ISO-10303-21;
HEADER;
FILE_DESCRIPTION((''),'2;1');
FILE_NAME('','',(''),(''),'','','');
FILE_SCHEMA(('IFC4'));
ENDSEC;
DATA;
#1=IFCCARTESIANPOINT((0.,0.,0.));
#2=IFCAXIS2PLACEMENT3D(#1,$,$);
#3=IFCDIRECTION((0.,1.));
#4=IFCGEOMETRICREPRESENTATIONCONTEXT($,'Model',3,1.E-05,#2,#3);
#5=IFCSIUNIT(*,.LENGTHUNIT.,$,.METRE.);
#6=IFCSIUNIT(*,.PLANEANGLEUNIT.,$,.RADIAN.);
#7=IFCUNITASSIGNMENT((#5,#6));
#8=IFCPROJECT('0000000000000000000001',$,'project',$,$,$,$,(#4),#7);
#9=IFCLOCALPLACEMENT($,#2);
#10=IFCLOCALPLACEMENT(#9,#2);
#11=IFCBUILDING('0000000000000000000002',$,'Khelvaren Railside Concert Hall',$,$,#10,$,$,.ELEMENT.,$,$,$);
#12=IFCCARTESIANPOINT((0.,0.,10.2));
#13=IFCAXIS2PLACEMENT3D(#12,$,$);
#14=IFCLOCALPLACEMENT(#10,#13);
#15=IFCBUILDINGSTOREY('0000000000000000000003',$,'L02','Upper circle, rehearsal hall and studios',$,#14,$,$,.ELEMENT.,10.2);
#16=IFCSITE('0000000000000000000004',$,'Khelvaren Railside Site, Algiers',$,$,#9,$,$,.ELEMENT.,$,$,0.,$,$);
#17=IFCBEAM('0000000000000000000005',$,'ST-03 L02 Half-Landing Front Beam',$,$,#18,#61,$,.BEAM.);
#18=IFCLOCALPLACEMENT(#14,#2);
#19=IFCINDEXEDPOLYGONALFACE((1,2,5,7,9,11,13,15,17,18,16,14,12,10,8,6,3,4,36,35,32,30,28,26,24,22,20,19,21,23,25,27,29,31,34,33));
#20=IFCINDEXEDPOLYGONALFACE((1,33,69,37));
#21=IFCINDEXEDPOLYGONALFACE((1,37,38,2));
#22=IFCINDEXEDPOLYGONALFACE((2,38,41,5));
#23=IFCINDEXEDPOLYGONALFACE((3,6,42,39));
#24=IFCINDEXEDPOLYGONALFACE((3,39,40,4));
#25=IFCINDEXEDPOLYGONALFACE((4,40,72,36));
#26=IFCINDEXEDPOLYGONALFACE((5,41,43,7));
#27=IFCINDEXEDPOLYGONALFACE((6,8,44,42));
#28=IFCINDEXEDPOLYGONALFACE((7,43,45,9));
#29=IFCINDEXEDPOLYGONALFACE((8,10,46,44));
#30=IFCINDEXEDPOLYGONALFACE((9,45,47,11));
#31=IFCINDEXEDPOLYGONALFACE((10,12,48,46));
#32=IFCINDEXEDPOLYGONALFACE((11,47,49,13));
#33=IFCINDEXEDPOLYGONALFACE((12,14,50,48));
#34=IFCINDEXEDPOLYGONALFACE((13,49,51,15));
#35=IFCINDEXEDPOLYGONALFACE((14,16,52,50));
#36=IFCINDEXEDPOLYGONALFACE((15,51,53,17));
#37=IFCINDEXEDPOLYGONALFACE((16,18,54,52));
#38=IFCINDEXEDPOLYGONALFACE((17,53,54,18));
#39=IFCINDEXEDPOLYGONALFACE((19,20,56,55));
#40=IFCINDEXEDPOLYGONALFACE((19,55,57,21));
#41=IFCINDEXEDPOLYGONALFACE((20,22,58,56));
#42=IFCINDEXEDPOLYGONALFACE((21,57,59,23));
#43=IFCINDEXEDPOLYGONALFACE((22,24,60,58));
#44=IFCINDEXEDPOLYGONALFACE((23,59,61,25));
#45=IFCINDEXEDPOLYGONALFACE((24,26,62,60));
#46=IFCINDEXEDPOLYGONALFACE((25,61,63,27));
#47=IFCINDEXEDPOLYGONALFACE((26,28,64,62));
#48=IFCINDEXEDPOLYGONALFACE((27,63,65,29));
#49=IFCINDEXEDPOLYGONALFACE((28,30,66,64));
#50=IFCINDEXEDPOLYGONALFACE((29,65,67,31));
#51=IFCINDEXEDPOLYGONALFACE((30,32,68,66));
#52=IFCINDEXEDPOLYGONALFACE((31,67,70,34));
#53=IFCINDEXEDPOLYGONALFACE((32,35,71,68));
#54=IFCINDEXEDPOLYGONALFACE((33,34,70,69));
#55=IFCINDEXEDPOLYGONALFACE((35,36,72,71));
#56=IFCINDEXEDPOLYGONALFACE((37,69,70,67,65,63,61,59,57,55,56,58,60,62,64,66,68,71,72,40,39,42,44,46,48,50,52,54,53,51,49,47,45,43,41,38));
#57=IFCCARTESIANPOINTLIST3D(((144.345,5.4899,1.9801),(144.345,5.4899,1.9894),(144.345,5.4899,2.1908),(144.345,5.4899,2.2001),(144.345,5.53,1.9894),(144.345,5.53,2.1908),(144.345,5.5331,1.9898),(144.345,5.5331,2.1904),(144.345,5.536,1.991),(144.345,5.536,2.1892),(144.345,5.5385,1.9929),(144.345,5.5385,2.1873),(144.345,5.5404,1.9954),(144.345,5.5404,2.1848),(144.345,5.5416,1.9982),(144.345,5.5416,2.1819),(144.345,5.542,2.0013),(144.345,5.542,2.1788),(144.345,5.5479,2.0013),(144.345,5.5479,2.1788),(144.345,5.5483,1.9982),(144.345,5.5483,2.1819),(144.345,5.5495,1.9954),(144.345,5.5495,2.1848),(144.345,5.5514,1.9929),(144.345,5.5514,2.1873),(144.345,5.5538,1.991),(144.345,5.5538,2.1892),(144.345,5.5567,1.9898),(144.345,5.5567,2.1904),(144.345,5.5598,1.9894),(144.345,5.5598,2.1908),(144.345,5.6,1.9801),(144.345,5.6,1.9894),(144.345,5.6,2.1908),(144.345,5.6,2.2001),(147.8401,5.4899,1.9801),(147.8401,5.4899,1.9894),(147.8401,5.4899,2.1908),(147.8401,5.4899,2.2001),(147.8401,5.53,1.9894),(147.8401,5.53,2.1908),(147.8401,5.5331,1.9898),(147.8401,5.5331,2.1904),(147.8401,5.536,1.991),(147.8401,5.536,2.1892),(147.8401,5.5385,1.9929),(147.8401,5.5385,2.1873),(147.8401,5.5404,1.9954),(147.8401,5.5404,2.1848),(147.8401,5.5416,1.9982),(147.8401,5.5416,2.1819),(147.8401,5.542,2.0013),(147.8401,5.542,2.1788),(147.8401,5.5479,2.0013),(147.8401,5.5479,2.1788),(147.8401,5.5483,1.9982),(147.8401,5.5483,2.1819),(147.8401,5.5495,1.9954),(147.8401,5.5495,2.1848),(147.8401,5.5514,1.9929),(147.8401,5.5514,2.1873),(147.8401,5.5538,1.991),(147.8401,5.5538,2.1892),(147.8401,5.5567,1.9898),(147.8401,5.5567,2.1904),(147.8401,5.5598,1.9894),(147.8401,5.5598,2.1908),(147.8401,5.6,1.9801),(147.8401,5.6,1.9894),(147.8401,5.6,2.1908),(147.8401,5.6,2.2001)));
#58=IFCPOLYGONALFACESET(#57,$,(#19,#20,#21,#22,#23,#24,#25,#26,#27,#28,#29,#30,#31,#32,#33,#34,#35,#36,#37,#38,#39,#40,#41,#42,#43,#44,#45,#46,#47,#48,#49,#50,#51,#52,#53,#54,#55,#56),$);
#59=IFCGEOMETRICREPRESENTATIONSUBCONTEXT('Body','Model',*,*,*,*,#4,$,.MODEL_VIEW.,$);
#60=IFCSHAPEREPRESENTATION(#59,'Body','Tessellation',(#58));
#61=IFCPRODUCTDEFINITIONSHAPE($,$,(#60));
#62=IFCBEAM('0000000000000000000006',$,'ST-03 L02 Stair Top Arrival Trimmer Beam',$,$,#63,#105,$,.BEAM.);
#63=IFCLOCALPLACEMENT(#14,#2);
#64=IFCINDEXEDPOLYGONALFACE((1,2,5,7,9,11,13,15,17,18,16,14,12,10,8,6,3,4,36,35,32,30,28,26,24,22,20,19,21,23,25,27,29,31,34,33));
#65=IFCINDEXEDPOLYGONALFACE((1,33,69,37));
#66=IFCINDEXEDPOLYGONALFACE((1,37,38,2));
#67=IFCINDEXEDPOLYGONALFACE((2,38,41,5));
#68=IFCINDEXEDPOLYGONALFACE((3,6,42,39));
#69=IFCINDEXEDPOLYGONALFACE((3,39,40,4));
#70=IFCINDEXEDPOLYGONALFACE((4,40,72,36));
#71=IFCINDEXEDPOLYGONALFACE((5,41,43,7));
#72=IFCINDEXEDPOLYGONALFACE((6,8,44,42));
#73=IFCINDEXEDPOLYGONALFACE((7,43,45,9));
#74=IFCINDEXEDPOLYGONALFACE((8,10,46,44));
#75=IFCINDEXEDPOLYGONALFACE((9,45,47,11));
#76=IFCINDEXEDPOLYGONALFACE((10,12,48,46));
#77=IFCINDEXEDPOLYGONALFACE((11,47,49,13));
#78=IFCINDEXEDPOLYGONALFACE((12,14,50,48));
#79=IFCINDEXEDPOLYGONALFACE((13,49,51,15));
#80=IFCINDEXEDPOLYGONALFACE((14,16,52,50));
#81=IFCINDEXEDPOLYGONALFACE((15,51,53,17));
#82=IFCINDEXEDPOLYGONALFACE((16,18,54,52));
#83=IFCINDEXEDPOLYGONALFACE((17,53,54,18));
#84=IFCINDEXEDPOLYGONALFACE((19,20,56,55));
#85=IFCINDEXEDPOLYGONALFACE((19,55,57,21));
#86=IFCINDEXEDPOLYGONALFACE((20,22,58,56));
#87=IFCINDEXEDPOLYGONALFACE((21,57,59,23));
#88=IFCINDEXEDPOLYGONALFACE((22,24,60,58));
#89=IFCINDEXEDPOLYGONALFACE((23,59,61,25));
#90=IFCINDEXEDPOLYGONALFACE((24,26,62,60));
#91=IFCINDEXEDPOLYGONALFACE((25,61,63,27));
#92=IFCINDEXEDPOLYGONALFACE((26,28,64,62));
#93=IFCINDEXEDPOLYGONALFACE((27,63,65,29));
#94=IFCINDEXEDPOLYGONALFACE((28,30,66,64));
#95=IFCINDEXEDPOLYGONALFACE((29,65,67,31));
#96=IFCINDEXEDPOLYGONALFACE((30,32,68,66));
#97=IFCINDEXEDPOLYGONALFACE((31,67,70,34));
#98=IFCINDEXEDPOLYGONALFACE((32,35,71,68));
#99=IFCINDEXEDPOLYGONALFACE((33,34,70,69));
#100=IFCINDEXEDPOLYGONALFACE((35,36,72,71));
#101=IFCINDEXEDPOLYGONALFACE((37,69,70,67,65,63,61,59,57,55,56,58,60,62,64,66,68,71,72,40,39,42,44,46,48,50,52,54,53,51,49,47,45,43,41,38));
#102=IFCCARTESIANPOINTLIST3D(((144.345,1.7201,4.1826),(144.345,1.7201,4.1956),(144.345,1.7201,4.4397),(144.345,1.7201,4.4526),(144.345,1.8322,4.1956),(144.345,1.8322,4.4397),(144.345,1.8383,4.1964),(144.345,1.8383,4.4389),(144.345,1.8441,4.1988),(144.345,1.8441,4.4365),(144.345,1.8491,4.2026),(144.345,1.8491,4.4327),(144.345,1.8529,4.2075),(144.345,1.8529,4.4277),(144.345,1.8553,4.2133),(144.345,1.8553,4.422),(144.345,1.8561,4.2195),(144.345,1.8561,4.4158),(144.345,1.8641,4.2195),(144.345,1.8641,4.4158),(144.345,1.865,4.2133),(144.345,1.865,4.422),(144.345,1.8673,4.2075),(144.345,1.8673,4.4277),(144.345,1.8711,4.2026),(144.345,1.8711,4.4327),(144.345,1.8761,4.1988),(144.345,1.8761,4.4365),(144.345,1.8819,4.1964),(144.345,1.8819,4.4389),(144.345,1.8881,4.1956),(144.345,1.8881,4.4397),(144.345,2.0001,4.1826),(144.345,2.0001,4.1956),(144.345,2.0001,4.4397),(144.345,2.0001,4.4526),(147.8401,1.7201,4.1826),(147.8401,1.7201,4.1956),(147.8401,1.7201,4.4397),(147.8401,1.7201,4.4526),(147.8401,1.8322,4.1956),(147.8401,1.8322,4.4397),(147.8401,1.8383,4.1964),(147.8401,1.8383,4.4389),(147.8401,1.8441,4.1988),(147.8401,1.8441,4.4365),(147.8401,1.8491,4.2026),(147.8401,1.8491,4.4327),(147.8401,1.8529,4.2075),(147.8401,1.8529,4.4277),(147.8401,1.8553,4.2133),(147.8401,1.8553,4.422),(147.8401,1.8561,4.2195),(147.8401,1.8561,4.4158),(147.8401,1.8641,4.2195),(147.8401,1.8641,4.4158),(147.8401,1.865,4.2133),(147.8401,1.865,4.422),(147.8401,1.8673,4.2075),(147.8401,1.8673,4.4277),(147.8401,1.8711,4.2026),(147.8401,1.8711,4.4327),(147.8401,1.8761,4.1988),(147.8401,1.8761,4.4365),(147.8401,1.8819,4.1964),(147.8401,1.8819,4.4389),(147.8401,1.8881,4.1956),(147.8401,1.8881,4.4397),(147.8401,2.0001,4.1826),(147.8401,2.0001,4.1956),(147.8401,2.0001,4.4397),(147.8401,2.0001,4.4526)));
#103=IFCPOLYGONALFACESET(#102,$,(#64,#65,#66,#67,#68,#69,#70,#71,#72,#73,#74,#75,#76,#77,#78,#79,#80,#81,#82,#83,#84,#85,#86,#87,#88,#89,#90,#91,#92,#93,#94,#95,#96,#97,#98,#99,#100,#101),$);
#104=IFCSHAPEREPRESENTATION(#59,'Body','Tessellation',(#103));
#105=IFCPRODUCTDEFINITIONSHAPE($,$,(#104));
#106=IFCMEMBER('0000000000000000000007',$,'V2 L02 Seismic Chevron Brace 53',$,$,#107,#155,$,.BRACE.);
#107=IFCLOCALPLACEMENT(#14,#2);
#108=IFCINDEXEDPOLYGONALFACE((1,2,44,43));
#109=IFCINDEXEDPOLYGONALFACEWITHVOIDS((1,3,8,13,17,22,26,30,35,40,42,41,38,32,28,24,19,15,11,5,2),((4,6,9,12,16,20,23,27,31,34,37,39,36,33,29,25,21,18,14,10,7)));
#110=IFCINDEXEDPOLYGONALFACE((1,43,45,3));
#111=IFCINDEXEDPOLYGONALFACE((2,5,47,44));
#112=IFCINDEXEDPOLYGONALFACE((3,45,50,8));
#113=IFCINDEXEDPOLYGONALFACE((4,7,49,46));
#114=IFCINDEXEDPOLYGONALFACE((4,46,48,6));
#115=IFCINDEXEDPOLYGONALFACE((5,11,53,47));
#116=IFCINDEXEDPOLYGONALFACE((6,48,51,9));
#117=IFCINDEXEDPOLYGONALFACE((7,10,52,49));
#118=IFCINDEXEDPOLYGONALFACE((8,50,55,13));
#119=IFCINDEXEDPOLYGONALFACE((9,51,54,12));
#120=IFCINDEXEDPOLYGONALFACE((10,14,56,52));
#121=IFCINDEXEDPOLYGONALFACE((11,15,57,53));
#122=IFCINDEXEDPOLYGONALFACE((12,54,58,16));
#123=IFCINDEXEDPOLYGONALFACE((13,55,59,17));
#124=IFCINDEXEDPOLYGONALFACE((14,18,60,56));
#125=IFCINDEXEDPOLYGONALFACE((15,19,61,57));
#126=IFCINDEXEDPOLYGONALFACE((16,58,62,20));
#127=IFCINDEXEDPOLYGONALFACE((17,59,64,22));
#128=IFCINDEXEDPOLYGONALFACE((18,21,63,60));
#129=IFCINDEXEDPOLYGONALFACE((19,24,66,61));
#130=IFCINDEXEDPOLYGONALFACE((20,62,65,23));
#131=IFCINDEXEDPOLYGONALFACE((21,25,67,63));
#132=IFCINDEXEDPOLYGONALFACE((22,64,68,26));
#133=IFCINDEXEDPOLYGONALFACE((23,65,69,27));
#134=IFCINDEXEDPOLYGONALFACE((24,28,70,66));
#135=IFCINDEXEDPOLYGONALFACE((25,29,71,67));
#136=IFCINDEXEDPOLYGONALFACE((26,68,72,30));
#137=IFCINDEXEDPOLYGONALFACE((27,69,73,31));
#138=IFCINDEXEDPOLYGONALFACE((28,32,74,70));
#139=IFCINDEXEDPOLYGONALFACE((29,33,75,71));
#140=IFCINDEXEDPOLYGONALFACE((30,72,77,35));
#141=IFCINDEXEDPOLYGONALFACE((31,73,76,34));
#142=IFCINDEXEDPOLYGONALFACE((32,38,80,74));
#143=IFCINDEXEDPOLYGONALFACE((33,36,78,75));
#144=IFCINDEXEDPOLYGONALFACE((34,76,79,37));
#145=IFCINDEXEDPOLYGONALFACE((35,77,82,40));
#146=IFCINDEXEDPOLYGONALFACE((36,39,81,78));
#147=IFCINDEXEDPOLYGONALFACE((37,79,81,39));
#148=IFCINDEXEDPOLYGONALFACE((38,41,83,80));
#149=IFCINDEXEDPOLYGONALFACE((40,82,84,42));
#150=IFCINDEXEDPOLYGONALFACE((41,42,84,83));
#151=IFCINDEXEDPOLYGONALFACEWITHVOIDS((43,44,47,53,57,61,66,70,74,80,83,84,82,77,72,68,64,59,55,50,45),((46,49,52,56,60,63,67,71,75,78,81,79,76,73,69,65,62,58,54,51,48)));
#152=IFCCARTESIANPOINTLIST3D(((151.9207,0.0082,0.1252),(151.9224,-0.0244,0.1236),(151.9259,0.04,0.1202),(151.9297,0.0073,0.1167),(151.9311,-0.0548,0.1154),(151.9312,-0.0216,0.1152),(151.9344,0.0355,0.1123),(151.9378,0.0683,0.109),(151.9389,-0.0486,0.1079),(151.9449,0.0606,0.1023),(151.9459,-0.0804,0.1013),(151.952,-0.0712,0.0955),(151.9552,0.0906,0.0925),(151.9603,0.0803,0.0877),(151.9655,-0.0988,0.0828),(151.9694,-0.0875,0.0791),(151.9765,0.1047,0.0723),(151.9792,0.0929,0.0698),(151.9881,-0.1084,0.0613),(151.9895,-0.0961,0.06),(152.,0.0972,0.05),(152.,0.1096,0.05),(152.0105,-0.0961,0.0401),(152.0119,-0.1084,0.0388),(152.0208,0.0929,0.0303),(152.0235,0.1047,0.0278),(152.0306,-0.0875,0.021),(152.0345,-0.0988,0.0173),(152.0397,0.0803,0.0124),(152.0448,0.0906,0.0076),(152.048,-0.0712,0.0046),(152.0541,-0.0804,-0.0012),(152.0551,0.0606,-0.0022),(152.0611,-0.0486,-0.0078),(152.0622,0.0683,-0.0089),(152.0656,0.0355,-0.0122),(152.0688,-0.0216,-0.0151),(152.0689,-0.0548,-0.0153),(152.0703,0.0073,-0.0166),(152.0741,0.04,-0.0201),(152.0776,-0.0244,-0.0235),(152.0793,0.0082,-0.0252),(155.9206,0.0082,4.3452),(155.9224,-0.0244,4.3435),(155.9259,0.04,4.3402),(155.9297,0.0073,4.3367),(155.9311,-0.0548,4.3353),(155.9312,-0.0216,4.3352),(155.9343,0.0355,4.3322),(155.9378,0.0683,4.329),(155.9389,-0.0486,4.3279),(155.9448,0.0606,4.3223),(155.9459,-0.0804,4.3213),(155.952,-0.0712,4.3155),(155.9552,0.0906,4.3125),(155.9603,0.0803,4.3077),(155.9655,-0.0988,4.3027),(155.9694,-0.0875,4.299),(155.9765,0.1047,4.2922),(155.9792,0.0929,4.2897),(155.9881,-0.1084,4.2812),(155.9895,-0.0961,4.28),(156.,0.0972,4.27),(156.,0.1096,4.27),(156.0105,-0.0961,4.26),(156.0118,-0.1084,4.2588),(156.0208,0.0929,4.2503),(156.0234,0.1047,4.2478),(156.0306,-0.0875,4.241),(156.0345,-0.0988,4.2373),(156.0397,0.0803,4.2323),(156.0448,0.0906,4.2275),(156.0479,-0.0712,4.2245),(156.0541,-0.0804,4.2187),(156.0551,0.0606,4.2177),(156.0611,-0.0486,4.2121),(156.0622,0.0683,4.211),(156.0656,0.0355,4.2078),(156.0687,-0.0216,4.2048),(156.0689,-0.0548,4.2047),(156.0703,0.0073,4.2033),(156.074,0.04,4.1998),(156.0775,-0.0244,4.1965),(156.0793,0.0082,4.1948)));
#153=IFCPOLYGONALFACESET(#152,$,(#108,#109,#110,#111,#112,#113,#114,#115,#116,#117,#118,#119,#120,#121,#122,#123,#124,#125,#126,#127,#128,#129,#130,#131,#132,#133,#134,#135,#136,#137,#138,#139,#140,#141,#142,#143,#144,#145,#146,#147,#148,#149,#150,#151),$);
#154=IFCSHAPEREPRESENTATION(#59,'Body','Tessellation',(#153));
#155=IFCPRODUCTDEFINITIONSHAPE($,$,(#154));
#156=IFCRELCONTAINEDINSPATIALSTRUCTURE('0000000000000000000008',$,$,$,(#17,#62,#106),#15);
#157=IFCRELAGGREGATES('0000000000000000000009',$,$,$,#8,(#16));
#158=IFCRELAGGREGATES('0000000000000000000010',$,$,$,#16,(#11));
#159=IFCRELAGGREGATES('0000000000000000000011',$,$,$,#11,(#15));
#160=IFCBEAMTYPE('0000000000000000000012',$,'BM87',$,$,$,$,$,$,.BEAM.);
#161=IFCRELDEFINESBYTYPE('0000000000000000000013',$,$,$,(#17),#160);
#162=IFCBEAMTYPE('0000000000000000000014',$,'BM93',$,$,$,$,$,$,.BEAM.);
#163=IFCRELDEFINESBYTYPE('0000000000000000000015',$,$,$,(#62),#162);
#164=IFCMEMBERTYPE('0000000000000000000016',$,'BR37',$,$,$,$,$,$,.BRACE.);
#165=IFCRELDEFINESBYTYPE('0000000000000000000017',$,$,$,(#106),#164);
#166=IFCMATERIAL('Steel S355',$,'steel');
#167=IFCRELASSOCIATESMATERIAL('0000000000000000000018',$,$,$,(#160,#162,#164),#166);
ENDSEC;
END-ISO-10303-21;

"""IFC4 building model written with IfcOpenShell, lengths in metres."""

from ifc_helpers import new_model, si_unit, direction, frame, origin, origin_2d, place, context, subcontext, project, spatial, hollow_circle, i_section, extrude, material, material_profile, profile_set, type_object, element, save


model = new_model("IFC4")

# Units and contexts
model_context = context("Model", 3, precision=1e-05, world=origin(), true_north=direction((0.0, 1.0)))
body_context = subcontext(model_context, "Body", "Model", "MODEL_VIEW")
ifc_project = project(units=[si_unit("LENGTHUNIT", "METRE"), si_unit("PLANEANGLEUNIT", "RADIAN")], contexts=[model_context])

# Site, building, storey
site_placement = place(None, origin())
site = spatial("IfcSite", under=ifc_project, at=site_placement, Name="Khelvaren Railside Site, Algiers", CompositionType="ELEMENT", RefElevation=0.0)
building_placement = place(site_placement, origin())
building = spatial("IfcBuilding", under=site, at=building_placement, Name="Khelvaren Railside Concert Hall", CompositionType="ELEMENT")
storey_placement = place(building_placement, frame((0.0, 0.0, 10.2)))
storey = spatial("IfcBuildingStorey", under=building, at=storey_placement, Name="L02", Description="Upper circle, rehearsal hall and studios", CompositionType="ELEMENT", Elevation=10.2)

# Shared definitions
ifc_material_1 = material(Name="Steel S355", Category="steel")

# Beams
ifc_material_profile_1 = material_profile(ifc_material_1, i_section(OverallWidth=0.1101, OverallDepth=0.22, WebThickness=0.0059, FlangeThickness=0.0093, FilletRadius=0.012, at=origin_2d()), Name="IPE 220")
ifc_profile_set_1 = profile_set([ifc_material_profile_1], Name="Steel S355")
beam_type_1 = type_object("IfcBeamType", Name="BM87", PredefinedType="BEAM", material=ifc_profile_set_1)
beam_1_placement = place(storey_placement, frame((144.345, 5.5449, 2.0901), z_axis=(1.0, 0.0, 0.0), x_axis=(0.0, 1.0, 0.0)))
element("IfcBeam", 1, at=beam_1_placement, inside=storey, type_object=beam_type_1, Name="ST-03 L02 Half-Landing Front Beam", PredefinedType="BEAM", context=body_context, shape_type="SweptSolid", body=[
    extrude(i_section(OverallWidth=0.1101, OverallDepth=0.22, WebThickness=0.0059, FlangeThickness=0.0093, FilletRadius=0.012, at=origin_2d()), origin(), (0.0, 0.0, 1.0), 3.4951),
])
ifc_material_profile_2 = material_profile(ifc_material_1, i_section(OverallWidth=0.28, OverallDepth=0.27, WebThickness=0.0081, FlangeThickness=0.0129, FilletRadius=0.0239, at=origin_2d()), Name="HEA 280")
ifc_profile_set_2 = profile_set([ifc_material_profile_2], Name="Steel S355")
beam_type_2 = type_object("IfcBeamType", Name="BM93", PredefinedType="BEAM", material=ifc_profile_set_2)
beam_2_placement = place(storey_placement, frame((144.345, 1.8601, 4.3176), z_axis=(1.0, 0.0, 0.0), x_axis=(0.0, 1.0, 0.0)))
element("IfcBeam", 2, at=beam_2_placement, inside=storey, type_object=beam_type_2, Name="ST-03 L02 Stair Top Arrival Trimmer Beam", PredefinedType="BEAM", context=body_context, shape_type="SweptSolid", body=[
    extrude(i_section(OverallWidth=0.28, OverallDepth=0.27, WebThickness=0.0081, FlangeThickness=0.0129, FilletRadius=0.0239, at=origin_2d()), origin(), (0.0, 0.0, 1.0), 3.4951),
])

# Member
ifc_material_profile_3 = material_profile(ifc_material_1, hollow_circle(Radius=0.1096, WallThickness=0.0125, at=origin_2d()), Name="CHS 219.1x12.5")
ifc_profile_set_3 = profile_set([ifc_material_profile_3], Name="Steel S355")
member_type = type_object("IfcMemberType", Name="BR37", PredefinedType="BRACE", material=ifc_profile_set_3)
member_placement = place(storey_placement, frame((152.0, 0.0, 0.05), z_axis=(0.687938, 0.0, 0.72577), x_axis=(0.0, 1.0, 0.0)))
element("IfcMember", 3, at=member_placement, inside=storey, type_object=member_type, Name="V2 L02 Seismic Chevron Brace 53", PredefinedType="BRACE", context=body_context, shape_type="SweptSolid", body=[
    extrude(hollow_circle(Radius=0.1096, WallThickness=0.0125, at=origin_2d()), origin(), (0.0, 0.0, 1.0), 5.8145),
])

save(model, "model.ifc")
